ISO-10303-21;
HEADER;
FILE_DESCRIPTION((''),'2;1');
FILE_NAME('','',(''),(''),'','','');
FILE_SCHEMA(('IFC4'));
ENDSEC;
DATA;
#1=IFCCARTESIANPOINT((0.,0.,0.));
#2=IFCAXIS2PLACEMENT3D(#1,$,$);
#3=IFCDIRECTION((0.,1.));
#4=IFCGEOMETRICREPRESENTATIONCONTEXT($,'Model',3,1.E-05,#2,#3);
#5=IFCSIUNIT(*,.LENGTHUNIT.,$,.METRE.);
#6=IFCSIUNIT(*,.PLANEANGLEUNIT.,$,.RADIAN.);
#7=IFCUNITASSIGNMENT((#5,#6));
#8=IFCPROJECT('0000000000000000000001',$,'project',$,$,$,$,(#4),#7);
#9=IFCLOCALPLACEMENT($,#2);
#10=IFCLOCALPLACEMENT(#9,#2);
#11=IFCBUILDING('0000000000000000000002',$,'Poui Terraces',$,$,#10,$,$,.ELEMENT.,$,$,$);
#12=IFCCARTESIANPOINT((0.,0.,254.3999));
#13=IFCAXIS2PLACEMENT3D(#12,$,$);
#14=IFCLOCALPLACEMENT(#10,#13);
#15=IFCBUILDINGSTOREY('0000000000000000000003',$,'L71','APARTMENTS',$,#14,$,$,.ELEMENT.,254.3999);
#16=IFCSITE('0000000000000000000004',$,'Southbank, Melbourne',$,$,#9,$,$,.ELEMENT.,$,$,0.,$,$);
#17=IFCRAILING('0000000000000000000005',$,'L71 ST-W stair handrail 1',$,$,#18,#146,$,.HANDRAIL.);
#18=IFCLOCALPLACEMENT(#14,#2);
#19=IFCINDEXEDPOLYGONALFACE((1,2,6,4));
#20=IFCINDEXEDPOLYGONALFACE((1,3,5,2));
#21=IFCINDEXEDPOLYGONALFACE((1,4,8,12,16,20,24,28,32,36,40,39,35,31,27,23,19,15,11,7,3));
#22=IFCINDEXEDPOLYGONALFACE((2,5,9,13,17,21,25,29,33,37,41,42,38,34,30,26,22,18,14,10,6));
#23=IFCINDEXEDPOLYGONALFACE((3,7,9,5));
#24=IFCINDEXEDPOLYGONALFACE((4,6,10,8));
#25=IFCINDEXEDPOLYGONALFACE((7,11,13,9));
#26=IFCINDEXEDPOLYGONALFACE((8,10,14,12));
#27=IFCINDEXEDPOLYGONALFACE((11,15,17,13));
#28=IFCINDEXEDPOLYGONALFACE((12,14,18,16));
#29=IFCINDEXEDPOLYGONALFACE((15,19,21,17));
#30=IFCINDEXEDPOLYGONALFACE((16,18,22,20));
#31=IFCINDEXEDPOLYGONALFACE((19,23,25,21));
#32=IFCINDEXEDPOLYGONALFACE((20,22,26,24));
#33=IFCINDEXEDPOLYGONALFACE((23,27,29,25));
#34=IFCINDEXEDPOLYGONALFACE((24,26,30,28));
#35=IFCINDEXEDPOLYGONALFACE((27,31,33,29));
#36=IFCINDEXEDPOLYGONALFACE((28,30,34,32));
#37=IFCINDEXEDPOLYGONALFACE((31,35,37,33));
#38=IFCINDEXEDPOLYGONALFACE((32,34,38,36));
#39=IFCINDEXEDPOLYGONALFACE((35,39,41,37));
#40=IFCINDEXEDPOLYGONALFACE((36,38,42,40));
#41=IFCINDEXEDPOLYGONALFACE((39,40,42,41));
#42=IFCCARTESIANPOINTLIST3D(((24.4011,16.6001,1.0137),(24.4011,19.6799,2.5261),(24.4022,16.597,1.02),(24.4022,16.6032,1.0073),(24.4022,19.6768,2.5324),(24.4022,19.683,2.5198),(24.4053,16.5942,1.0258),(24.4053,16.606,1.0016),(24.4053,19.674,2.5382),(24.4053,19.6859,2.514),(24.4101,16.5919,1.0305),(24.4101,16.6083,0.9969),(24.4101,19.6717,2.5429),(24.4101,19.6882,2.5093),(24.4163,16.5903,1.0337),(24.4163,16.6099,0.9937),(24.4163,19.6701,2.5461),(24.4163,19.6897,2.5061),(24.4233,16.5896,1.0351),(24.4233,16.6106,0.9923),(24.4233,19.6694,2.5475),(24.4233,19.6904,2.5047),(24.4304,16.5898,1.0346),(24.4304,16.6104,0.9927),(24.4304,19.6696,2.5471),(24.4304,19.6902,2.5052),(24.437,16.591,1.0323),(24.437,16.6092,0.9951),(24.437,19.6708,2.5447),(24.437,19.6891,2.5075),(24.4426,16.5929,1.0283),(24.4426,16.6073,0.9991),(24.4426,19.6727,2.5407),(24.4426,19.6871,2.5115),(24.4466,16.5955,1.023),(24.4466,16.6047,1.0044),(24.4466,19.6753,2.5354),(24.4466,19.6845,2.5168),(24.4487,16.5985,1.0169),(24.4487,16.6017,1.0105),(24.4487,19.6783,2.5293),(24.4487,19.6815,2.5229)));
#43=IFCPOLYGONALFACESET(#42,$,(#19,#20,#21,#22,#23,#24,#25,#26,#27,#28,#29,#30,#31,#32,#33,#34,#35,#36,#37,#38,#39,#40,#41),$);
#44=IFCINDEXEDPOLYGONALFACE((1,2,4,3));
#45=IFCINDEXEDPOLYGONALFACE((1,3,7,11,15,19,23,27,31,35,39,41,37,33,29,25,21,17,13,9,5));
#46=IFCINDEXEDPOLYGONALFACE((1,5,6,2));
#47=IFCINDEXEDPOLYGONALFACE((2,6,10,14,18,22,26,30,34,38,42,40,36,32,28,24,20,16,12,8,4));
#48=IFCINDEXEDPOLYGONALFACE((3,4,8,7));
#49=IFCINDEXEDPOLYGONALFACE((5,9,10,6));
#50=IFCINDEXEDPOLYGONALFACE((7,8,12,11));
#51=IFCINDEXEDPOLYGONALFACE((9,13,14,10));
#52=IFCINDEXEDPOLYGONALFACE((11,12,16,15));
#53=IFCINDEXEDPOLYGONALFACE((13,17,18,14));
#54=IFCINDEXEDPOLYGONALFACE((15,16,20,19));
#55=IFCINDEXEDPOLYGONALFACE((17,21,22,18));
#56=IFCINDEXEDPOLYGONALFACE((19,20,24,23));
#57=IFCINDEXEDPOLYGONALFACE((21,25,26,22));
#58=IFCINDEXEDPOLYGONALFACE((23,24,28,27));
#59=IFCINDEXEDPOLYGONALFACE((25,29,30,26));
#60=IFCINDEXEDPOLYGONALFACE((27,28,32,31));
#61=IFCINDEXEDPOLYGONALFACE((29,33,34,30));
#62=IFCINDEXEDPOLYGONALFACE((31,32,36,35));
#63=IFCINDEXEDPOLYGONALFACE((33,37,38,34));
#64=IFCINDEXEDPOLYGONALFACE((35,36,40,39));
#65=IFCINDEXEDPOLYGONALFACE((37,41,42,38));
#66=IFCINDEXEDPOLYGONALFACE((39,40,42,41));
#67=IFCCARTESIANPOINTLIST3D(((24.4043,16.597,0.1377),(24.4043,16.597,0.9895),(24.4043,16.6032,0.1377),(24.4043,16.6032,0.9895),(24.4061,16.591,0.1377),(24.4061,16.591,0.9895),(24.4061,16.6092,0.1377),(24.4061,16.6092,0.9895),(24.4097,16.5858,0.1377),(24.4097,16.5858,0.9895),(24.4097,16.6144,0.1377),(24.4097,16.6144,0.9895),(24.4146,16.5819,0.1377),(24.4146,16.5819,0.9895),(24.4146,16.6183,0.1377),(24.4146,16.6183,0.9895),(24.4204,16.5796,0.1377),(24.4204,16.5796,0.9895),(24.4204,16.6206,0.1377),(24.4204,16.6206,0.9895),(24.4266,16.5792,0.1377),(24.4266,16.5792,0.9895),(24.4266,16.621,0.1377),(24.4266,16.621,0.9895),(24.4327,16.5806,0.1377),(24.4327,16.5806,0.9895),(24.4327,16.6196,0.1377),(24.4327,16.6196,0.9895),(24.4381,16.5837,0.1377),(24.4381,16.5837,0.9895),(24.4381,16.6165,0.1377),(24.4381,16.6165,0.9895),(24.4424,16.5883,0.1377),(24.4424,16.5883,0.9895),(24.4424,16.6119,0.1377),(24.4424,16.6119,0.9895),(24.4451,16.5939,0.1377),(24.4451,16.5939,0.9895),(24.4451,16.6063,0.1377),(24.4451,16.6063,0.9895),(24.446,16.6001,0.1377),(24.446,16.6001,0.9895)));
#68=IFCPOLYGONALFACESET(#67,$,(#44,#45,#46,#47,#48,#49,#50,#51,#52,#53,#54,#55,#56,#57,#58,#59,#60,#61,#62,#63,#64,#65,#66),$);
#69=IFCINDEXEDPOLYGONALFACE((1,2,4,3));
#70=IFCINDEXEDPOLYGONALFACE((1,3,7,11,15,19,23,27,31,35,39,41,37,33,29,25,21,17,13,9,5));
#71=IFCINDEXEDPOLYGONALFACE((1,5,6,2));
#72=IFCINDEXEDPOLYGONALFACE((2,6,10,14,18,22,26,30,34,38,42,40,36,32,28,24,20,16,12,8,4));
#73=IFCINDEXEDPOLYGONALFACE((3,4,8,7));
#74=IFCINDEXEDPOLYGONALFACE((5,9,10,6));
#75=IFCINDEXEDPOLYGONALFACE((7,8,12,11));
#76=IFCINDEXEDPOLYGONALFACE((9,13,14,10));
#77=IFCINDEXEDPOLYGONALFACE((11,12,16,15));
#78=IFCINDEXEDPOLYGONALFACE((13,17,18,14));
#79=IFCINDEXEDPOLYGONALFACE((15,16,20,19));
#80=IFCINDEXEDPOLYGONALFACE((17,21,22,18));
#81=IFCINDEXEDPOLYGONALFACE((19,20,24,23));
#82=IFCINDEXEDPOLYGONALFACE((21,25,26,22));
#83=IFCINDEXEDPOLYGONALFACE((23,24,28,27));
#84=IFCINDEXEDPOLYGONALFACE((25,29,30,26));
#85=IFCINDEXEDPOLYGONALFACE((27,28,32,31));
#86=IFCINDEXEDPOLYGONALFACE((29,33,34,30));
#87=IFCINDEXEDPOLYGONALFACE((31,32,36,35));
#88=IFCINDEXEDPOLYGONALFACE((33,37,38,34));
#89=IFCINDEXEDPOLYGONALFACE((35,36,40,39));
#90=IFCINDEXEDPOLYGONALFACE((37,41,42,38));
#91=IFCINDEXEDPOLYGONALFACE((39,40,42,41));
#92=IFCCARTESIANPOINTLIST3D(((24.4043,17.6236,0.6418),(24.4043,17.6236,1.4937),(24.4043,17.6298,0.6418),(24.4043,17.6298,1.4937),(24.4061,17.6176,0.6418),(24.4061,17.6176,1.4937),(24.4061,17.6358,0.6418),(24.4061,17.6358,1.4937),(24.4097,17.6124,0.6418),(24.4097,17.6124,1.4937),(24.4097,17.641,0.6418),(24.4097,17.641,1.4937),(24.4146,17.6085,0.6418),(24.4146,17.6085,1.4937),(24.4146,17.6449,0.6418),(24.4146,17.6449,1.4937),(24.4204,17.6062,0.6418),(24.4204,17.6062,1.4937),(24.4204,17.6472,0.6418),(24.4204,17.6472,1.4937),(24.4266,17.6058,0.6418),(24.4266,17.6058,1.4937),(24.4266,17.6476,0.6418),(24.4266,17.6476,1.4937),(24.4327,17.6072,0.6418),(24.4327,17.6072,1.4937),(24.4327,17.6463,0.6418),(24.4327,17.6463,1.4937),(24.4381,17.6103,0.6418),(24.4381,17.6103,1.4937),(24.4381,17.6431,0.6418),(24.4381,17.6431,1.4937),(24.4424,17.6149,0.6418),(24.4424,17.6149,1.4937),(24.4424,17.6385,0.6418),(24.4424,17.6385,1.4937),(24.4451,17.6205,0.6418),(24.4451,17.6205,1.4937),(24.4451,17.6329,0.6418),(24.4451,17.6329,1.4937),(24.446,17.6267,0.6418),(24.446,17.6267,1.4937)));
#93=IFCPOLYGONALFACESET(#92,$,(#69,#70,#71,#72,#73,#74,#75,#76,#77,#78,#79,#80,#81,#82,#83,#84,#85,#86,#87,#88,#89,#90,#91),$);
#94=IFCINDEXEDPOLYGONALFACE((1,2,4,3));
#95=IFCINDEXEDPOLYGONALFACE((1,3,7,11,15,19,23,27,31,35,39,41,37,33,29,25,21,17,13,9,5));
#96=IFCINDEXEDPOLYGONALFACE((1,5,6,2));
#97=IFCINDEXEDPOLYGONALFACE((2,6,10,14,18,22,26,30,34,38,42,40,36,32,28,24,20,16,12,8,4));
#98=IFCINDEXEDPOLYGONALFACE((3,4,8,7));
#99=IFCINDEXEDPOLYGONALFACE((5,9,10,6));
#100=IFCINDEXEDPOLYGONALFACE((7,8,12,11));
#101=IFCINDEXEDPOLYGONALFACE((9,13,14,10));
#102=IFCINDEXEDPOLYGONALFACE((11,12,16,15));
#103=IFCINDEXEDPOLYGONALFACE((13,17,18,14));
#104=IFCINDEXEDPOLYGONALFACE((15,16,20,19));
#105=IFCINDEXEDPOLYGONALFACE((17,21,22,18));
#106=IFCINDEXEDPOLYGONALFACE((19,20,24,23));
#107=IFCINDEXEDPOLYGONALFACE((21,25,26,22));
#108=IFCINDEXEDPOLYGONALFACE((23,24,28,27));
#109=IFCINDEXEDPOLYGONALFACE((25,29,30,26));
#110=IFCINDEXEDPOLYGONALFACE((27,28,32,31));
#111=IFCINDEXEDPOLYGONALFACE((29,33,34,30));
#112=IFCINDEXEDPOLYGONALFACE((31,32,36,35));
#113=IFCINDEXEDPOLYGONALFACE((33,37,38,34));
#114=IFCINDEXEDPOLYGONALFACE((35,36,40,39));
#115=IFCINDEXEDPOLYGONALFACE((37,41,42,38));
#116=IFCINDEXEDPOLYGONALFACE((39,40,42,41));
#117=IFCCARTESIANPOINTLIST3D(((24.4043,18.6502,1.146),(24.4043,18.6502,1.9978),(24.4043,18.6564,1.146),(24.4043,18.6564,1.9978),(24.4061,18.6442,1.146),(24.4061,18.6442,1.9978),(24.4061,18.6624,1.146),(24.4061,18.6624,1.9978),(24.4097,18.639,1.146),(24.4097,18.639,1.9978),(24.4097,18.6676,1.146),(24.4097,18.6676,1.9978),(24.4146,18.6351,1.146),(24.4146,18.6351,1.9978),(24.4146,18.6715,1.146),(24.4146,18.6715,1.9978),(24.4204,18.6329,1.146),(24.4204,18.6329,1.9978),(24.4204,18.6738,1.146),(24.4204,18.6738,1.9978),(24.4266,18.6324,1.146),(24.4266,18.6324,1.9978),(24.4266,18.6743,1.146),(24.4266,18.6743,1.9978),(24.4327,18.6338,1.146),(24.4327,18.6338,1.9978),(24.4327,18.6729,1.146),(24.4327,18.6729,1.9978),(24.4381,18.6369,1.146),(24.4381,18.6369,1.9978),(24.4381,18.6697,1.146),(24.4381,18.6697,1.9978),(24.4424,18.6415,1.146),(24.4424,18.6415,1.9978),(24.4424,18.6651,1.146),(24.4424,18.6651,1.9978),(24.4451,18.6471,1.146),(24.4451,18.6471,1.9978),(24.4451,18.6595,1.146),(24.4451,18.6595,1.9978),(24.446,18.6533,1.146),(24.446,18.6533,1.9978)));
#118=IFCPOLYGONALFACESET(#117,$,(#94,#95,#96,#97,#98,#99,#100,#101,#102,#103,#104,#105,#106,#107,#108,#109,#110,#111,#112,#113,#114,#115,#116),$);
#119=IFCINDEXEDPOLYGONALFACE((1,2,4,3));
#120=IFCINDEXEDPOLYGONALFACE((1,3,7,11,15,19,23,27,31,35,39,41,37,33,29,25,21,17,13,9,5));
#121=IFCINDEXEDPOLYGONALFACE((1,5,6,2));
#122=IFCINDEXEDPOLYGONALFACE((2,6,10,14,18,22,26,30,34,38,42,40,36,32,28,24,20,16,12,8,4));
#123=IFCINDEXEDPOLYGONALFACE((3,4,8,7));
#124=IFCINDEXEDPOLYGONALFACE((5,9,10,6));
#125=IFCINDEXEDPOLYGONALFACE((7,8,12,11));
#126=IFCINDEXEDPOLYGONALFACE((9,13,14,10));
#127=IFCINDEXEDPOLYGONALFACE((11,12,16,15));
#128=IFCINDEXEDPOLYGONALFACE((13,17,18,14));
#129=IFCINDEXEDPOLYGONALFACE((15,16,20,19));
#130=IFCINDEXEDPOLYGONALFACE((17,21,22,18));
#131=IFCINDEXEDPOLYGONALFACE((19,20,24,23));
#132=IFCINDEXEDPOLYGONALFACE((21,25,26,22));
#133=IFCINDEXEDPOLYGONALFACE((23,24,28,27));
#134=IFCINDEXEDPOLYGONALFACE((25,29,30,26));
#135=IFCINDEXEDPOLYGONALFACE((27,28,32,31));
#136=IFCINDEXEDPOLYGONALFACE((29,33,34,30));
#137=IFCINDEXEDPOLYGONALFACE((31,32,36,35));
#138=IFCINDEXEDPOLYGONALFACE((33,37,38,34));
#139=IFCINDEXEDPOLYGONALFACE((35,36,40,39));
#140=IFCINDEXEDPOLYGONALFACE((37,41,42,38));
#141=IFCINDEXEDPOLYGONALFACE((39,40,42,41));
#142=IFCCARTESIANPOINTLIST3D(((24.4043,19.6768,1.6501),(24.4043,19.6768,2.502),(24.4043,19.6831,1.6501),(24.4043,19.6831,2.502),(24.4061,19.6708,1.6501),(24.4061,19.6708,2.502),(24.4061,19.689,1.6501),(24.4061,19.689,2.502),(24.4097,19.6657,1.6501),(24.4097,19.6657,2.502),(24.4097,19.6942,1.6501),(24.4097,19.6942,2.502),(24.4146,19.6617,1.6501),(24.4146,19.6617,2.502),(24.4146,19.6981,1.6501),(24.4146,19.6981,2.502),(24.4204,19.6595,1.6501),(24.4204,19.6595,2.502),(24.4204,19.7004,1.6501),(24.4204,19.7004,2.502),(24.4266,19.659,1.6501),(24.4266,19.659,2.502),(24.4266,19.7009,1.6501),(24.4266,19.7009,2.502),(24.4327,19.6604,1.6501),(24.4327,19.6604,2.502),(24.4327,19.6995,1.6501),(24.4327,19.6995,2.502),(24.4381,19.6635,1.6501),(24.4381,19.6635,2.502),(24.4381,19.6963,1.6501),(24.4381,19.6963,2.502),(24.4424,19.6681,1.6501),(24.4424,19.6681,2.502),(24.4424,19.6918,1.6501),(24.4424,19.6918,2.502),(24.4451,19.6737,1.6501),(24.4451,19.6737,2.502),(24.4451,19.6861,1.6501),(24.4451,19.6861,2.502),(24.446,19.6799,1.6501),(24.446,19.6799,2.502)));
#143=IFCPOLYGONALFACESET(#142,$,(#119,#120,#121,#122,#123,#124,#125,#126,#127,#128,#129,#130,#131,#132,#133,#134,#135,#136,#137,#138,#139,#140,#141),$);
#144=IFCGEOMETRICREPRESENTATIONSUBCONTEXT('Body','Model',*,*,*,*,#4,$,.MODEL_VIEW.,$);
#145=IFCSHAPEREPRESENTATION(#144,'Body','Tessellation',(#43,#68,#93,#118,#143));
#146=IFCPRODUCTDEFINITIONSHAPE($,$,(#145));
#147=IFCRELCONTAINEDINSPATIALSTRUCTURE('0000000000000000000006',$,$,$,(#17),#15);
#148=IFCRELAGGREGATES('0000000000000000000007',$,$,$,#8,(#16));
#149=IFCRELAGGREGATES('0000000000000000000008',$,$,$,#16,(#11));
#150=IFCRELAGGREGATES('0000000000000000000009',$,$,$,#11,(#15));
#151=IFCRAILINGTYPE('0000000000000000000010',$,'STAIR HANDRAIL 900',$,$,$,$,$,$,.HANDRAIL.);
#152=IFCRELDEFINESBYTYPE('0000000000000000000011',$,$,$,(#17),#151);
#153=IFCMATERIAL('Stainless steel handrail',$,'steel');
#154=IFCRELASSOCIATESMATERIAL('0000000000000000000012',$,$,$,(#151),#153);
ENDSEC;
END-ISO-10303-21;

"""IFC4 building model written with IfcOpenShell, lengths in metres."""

from ifc_helpers import new_model, si_unit, direction, frame, origin, origin_2d, place, context, subcontext, project, spatial, circle, extrude, material, type_object, element, save


model = new_model("IFC4")

# Units and contexts
model_context = context("Model", 3, precision=1e-05, world=origin(), true_north=direction((0.0, 1.0)))
body_context = subcontext(model_context, "Body", "Model", "MODEL_VIEW")
ifc_project = project(units=[si_unit("LENGTHUNIT", "METRE"), si_unit("PLANEANGLEUNIT", "RADIAN")], contexts=[model_context])

# Site, building, storey
site_placement = place(None, origin())
site = spatial("IfcSite", under=ifc_project, at=site_placement, Name="Southbank, Melbourne", CompositionType="ELEMENT", RefElevation=0.0)
building_placement = place(site_placement, origin())
building = spatial("IfcBuilding", under=site, at=building_placement, Name="Poui Terraces", CompositionType="ELEMENT")
storey_placement = place(building_placement, frame((0.0, 0.0, 254.3999)))
storey = spatial("IfcBuildingStorey", under=building, at=storey_placement, Name="L71", Description="APARTMENTS", CompositionType="ELEMENT", Elevation=254.3999)

# Railing
ifc_material_1 = material(Name="Stainless steel handrail", Category="steel")
railing_type_1 = type_object("IfcRailingType", Name="STAIR HANDRAIL 900", PredefinedType="HANDRAIL", material=ifc_material_1)
railing_1_placement = place(storey_placement, frame((24.425, 16.6001, 0.1377)))
element("IfcRailing", 1, at=railing_1_placement, inside=storey, type_object=railing_type_1, Name="L71 ST-W stair handrail 1", PredefinedType="HANDRAIL", context=body_context, shape_type="SweptSolid", body=[
    extrude(circle(Radius=0.0239, at=origin_2d()), frame((0.0, 0.0, 0.876), z_axis=(0.0, 0.897606, 0.440798), x_axis=(-1.0, 0.0, 0.0)), (0.0, 0.0, 1.0), 3.4312),
    extrude(circle(Radius=0.021, at=origin_2d()), origin(), (0.0, 0.0, 1.0), 0.8518),
    extrude(circle(Radius=0.021, at=origin_2d()), frame((0.0, 1.0266, 0.5042)), (0.0, 0.0, 1.0), 0.8518),
    extrude(circle(Radius=0.021, at=origin_2d()), frame((0.0, 2.0532, 1.0083)), (0.0, 0.0, 1.0), 0.8518),
    extrude(circle(Radius=0.021, at=origin_2d()), frame((0.0, 3.0798, 1.5125)), (0.0, 0.0, 1.0), 0.8518),
])

save(model, "model.ifc")
